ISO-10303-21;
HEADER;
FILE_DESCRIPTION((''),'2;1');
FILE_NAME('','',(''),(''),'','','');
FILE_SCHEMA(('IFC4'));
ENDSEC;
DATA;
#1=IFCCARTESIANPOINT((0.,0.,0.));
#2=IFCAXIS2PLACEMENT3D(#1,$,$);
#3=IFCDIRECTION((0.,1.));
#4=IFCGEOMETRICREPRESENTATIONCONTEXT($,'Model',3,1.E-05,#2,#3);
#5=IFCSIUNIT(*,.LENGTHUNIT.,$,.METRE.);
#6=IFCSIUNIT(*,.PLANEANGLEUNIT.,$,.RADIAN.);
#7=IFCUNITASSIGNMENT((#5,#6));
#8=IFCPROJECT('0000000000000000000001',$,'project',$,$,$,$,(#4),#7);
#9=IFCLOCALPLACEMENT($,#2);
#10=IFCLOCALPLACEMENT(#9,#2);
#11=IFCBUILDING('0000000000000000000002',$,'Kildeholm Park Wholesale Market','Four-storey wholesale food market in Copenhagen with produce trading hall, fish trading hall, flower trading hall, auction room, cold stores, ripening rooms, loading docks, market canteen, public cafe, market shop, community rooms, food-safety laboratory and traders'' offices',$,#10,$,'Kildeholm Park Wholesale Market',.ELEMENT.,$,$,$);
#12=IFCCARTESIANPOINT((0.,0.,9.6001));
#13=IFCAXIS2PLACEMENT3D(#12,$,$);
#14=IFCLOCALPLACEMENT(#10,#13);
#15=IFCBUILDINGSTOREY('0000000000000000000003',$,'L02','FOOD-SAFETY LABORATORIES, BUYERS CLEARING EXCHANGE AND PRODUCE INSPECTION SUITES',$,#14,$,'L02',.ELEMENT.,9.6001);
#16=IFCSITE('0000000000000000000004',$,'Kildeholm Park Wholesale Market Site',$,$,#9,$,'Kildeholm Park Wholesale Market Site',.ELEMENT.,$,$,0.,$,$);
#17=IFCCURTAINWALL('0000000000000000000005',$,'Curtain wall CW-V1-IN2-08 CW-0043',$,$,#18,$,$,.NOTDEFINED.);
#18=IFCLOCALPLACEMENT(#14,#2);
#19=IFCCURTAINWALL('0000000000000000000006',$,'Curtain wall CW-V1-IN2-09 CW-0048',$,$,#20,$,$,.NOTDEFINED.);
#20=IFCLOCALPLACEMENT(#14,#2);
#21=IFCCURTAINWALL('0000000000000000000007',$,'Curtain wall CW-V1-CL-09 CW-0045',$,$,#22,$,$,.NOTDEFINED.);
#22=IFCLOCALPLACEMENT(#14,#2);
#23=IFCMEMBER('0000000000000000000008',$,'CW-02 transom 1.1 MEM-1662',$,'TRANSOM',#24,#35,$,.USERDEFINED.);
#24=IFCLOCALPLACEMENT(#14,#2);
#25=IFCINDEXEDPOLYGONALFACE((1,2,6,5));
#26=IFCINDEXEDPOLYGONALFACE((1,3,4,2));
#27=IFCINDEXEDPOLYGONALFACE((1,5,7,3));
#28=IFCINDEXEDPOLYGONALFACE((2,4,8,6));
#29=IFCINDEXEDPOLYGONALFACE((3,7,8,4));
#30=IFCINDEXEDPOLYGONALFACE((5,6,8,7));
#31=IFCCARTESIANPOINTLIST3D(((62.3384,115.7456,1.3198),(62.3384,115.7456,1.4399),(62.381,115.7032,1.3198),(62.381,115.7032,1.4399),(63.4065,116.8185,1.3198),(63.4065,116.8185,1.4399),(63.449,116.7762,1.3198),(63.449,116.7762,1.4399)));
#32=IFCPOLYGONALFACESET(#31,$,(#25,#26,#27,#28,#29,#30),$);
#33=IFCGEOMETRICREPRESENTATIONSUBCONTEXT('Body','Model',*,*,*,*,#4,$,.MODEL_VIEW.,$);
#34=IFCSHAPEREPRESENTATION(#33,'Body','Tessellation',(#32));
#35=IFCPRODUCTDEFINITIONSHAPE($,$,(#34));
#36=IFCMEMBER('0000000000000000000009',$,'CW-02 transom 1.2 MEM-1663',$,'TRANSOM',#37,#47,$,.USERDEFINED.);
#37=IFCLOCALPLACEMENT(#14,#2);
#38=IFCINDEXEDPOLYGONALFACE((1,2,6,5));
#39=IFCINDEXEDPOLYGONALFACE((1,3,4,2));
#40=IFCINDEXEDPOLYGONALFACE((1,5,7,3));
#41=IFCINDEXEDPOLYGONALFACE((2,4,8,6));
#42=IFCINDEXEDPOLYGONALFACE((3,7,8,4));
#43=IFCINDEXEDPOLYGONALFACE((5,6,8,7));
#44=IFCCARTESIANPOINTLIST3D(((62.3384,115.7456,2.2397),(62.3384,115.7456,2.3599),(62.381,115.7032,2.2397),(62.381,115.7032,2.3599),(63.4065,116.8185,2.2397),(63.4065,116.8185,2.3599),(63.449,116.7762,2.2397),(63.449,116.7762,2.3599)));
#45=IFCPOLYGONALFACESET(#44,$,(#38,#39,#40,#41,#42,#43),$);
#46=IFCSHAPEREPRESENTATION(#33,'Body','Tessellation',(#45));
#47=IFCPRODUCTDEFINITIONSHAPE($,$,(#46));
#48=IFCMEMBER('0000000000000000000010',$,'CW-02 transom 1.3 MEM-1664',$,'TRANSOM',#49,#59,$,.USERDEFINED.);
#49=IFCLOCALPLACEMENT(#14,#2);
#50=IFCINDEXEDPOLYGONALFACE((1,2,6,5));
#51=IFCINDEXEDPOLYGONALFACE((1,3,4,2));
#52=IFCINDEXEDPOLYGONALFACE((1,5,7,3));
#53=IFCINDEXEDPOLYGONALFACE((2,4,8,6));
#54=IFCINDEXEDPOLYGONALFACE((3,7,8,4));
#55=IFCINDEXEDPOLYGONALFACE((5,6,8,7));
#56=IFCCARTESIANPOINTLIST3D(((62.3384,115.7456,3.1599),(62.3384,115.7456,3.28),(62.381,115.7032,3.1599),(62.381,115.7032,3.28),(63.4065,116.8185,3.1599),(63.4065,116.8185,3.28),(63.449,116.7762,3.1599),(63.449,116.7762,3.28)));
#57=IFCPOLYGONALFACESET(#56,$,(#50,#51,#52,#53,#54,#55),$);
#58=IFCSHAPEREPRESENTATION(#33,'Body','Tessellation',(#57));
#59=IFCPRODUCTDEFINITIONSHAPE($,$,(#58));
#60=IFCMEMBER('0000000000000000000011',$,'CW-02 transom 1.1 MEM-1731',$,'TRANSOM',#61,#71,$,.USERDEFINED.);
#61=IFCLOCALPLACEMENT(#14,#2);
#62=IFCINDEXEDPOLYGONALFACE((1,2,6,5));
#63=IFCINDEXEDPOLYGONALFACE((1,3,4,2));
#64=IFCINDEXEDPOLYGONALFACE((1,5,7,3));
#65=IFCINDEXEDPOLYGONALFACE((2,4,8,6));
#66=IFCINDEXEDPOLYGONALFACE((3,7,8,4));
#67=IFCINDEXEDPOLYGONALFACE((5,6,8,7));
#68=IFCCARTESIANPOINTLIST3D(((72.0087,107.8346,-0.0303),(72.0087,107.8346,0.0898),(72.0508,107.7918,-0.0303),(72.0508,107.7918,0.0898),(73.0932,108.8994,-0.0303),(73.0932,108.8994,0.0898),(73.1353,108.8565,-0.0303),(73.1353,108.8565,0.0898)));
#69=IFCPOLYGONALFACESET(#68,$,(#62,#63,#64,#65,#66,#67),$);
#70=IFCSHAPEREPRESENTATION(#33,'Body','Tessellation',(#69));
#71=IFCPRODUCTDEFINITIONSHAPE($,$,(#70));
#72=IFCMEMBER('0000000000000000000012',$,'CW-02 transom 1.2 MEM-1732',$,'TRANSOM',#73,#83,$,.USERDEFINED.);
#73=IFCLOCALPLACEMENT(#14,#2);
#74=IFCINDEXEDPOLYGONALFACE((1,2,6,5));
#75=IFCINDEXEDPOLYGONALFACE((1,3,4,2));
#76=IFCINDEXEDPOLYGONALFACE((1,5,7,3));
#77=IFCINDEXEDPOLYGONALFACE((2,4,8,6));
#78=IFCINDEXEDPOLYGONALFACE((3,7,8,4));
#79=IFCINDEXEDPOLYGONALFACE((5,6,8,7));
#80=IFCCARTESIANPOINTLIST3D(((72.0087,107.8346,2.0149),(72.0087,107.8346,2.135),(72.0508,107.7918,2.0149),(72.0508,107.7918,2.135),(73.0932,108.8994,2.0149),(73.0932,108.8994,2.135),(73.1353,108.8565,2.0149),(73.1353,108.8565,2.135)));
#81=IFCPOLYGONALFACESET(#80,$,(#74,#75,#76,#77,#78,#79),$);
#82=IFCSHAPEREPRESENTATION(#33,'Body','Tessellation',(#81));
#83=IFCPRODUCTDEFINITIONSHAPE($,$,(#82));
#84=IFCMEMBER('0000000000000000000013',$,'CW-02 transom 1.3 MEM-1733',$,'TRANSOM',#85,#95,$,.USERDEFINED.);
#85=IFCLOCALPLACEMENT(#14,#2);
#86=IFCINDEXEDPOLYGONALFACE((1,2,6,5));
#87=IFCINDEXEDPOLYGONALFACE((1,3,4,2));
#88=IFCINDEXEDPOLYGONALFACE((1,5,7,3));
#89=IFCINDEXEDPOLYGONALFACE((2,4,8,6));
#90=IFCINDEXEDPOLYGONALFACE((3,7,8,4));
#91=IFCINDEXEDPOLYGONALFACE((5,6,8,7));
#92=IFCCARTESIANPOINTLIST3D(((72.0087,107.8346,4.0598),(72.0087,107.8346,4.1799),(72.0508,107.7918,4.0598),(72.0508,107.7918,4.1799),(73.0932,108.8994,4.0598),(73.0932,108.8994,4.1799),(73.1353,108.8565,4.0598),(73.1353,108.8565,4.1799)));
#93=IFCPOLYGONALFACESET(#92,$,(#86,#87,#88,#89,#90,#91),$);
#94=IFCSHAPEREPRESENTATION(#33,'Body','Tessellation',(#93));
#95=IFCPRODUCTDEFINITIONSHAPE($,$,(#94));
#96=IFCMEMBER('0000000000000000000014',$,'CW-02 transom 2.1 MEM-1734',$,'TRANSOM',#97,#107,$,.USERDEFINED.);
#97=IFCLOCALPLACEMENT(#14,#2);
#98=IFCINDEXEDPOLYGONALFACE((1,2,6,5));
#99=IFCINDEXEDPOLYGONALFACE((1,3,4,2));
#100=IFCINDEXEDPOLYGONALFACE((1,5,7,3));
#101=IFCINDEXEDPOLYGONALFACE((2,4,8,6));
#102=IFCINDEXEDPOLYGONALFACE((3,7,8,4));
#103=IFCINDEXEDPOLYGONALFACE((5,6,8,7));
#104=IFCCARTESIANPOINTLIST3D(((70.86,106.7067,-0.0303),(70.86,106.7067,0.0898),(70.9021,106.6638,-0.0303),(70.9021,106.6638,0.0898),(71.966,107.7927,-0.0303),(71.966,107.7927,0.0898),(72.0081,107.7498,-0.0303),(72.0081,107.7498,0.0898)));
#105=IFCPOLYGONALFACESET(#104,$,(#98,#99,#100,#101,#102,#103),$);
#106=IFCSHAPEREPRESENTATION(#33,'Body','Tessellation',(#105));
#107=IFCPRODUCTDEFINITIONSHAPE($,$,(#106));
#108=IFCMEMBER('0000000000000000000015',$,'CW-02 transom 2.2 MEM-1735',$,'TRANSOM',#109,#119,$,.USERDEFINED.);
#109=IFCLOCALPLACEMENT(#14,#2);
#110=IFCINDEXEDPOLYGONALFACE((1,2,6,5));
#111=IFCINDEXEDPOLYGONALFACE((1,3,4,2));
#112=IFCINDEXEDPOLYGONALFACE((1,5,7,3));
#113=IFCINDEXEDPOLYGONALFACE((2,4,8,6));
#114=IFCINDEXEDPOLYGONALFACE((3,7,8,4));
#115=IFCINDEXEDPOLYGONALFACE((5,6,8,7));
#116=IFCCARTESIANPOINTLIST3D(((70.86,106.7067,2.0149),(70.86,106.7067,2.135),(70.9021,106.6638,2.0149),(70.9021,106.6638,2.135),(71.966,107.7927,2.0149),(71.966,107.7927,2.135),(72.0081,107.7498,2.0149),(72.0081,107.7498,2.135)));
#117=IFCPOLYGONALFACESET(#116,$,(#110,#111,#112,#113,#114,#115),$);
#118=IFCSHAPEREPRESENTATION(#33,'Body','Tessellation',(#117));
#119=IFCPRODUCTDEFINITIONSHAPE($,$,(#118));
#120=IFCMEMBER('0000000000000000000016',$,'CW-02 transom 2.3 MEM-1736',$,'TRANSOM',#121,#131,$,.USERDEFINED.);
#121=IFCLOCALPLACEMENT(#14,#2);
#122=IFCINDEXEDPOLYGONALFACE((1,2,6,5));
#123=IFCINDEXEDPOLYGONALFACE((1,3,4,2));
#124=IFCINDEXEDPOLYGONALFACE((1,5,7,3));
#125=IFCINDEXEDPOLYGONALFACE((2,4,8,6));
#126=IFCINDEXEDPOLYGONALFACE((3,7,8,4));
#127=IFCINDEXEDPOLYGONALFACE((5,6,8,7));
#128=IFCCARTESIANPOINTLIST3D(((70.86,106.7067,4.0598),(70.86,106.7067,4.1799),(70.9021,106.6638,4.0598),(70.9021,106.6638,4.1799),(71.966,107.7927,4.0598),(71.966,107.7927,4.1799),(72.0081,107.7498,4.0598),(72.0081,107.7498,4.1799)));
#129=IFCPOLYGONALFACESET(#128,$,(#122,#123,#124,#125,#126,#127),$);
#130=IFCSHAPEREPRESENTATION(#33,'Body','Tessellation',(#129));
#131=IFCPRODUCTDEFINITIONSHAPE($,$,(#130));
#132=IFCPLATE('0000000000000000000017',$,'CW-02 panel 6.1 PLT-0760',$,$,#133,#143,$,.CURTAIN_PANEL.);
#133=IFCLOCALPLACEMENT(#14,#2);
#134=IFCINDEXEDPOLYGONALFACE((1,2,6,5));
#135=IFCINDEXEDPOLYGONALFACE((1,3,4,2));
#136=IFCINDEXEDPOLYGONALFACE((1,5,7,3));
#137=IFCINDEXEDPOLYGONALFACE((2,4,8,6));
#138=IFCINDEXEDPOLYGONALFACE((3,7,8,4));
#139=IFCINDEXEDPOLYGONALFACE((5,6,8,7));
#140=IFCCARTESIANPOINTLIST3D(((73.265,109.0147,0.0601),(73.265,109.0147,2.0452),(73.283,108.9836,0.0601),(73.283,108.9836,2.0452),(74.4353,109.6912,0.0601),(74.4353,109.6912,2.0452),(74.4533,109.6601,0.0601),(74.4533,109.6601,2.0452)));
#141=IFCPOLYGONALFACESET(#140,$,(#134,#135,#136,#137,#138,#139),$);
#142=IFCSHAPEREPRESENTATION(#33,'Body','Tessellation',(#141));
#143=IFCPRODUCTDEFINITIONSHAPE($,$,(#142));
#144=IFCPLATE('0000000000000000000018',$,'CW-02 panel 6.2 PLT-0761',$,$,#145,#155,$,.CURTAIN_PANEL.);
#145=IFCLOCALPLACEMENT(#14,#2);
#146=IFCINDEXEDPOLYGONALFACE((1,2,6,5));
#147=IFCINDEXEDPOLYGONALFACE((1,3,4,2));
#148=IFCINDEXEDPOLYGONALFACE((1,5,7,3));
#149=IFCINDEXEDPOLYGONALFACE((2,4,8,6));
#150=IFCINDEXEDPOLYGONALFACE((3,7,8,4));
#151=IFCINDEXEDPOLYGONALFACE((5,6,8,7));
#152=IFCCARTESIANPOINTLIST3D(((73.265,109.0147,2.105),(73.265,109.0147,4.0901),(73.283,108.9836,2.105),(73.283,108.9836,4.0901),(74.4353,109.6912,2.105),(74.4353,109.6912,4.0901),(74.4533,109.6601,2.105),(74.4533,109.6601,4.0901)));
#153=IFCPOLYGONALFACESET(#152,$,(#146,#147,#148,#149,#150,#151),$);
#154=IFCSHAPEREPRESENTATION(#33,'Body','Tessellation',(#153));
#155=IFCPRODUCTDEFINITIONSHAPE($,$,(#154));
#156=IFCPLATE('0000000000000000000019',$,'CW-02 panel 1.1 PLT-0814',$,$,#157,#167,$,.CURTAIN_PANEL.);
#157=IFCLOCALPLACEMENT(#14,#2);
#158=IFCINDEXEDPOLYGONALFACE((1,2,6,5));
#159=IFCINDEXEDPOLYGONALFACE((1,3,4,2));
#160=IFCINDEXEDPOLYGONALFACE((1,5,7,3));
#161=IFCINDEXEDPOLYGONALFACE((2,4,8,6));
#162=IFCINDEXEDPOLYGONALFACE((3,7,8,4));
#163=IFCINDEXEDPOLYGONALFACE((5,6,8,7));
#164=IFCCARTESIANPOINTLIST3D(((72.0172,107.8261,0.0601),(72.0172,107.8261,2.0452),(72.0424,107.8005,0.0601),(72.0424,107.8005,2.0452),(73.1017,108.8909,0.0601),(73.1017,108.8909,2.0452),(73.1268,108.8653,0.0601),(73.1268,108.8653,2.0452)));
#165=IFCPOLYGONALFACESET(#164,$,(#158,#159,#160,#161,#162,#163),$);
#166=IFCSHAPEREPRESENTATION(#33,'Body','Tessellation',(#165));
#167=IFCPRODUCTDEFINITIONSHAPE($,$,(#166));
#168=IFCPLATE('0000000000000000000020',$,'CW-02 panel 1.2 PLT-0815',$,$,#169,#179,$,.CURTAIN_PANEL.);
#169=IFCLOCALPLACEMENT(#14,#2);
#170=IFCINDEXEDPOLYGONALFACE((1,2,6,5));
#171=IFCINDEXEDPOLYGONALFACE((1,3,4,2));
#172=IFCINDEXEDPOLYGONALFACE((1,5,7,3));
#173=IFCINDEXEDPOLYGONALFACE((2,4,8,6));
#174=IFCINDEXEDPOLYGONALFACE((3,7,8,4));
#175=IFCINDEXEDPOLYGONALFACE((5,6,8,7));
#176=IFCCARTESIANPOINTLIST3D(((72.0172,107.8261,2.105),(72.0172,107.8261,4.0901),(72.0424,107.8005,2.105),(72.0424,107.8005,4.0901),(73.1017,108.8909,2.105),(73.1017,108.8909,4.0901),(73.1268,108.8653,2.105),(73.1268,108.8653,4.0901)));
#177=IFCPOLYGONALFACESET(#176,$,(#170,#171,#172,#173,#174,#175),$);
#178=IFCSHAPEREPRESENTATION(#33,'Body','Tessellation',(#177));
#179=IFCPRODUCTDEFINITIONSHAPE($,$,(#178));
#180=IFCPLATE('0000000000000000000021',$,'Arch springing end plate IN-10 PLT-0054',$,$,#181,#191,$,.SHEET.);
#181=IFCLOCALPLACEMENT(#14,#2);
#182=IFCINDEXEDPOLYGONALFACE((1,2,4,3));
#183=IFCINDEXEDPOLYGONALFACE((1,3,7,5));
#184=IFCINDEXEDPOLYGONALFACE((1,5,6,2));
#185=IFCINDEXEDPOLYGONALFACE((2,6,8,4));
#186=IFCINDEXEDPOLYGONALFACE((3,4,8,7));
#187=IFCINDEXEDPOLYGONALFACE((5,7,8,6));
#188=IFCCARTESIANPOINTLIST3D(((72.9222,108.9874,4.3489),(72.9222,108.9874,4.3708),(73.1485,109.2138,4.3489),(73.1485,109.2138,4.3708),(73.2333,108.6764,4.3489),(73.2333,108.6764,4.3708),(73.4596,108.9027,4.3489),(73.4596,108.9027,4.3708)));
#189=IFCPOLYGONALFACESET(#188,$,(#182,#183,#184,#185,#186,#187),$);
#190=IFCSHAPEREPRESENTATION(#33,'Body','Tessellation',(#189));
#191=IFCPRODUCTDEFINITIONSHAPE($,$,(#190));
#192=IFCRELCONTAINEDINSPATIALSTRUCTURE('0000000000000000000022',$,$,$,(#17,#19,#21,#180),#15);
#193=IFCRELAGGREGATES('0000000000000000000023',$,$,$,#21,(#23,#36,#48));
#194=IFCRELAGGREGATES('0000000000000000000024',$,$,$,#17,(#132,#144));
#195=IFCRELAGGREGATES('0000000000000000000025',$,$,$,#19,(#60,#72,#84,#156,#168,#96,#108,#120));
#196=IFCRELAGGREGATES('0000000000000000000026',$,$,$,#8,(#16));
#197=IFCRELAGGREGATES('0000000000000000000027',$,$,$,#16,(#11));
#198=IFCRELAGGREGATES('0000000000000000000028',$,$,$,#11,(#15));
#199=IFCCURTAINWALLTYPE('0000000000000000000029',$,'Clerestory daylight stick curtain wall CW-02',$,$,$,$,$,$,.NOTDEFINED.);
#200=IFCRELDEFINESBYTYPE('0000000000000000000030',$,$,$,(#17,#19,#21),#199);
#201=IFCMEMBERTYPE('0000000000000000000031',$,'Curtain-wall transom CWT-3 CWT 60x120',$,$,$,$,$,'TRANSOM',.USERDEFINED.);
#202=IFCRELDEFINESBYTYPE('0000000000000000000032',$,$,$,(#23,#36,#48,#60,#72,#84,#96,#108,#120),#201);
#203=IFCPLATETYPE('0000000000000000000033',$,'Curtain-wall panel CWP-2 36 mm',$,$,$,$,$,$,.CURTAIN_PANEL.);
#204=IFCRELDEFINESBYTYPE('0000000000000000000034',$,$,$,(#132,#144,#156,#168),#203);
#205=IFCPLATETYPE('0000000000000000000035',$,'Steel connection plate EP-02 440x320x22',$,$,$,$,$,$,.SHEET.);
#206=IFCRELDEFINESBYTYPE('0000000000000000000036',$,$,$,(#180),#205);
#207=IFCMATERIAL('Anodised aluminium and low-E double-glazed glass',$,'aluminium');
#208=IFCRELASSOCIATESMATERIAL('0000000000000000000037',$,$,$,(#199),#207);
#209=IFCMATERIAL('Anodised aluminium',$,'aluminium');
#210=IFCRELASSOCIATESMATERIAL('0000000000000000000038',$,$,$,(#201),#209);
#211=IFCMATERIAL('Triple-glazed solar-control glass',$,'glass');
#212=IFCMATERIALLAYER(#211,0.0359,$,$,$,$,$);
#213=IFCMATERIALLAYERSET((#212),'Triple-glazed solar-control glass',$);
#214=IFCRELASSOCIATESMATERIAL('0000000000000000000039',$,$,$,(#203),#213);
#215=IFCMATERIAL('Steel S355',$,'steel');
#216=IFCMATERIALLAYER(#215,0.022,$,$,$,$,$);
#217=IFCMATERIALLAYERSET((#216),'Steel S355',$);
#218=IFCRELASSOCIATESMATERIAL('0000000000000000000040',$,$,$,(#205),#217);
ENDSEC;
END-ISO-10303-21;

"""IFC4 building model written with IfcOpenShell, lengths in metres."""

from ifc_helpers import new_model, si_unit, direction, frame, origin, origin_2d, place, context, subcontext, project, spatial, rectangle, extrude, material, layer, layer_set, material_profile, profile_set, type_object, element, aggregate, save


model = new_model("IFC4")

# Units and contexts
model_context = context("Model", 3, precision=1e-05, world=origin(), true_north=direction((0.0, 1.0)))
body_context = subcontext(model_context, "Body", "Model", "MODEL_VIEW")
ifc_project = project(units=[si_unit("LENGTHUNIT", "METRE"), si_unit("PLANEANGLEUNIT", "RADIAN")], contexts=[model_context])

# Site, building, storey
site_placement = place(None, origin())
site = spatial("IfcSite", under=ifc_project, at=site_placement, Name="Kildeholm Park Wholesale Market Site", LongName="Kildeholm Park Wholesale Market Site", CompositionType="ELEMENT", RefElevation=0.0)
building_placement = place(site_placement, origin())
building = spatial("IfcBuilding", under=site, at=building_placement, Name="Kildeholm Park Wholesale Market", Description="Four-storey wholesale food market in Copenhagen with produce trading hall, fish trading hall, flower trading hall, auction room, cold stores, ripening rooms, loading docks, market canteen, public cafe, market shop, community rooms, food-safety laboratory and traders' offices", LongName="Kildeholm Park Wholesale Market", CompositionType="ELEMENT")
storey_placement = place(building_placement, frame((0.0, 0.0, 9.6001)))
storey = spatial("IfcBuildingStorey", under=building, at=storey_placement, Name="L02", Description="FOOD-SAFETY LABORATORIES, BUYERS CLEARING EXCHANGE AND PRODUCE INSPECTION SUITES", LongName="L02", CompositionType="ELEMENT", Elevation=9.6001)

# Shared definitions
ifc_material_1 = material(Name="Steel S355", Category="steel")

# Curtain wall
ifc_material_2 = material(Name="Anodised aluminium and low-E double-glazed glass", Category="aluminium")
curtain_wall_type = type_object("IfcCurtainWallType", Name="Clerestory daylight stick curtain wall CW-02", PredefinedType="NOTDEFINED", material=ifc_material_2)
curtain_wall_1_placement = place(storey_placement, origin())
curtain_wall_1 = element("IfcCurtainWall", 1, at=curtain_wall_1_placement, inside=storey, type_object=curtain_wall_type, Name="Curtain wall CW-V1-IN2-08 CW-0043", PredefinedType="NOTDEFINED")
ifc_material_3 = material(Name="Anodised aluminium", Category="aluminium")

# Curtain walls, members
curtain_wall_2_placement = place(storey_placement, origin())
curtain_wall_2 = element("IfcCurtainWall", 2, at=curtain_wall_2_placement, inside=storey, type_object=curtain_wall_type, Name="Curtain wall CW-V1-IN2-09 CW-0048", PredefinedType="NOTDEFINED")
curtain_wall_3_placement = place(storey_placement, origin())
curtain_wall_3 = element("IfcCurtainWall", 3, at=curtain_wall_3_placement, inside=storey, type_object=curtain_wall_type, Name="Curtain wall CW-V1-CL-09 CW-0045", PredefinedType="NOTDEFINED")
ifc_material_profile_1 = material_profile(ifc_material_3, rectangle(XDim=0.0601, YDim=0.1201, at=origin_2d()), Name="CWT 60x120")
ifc_profile_set_1 = profile_set([ifc_material_profile_1], Name="Anodised aluminium")
member_type_1 = type_object("IfcMemberType", Name="Curtain-wall transom CWT-3 CWT 60x120", ElementType="TRANSOM", PredefinedType="USERDEFINED", material=ifc_profile_set_1)
member_1_placement = place(storey_placement, frame((63.4277, 116.7974, 1.3799), z_axis=(-0.705492, -0.708717, 0.0), x_axis=(0.708717, -0.705492, 0.0)))
member_1 = element("IfcMember", 4, at=member_1_placement, type_object=member_type_1, Name="CW-02 transom 1.1 MEM-1662", ObjectType="TRANSOM", PredefinedType="USERDEFINED", context=body_context, shape_type="SweptSolid", body=[
    extrude(rectangle(XDim=0.0601, YDim=0.1201, at=origin_2d()), origin(), (0.0, 0.0, 1.0), 1.5139),
])
member_2_placement = place(storey_placement, frame((63.4277, 116.7974, 2.2998), z_axis=(-0.705492, -0.708717, 0.0), x_axis=(0.708717, -0.705492, 0.0)))
member_2 = element("IfcMember", 5, at=member_2_placement, type_object=member_type_1, Name="CW-02 transom 1.2 MEM-1663", ObjectType="TRANSOM", PredefinedType="USERDEFINED", context=body_context, shape_type="SweptSolid", body=[
    extrude(rectangle(XDim=0.0601, YDim=0.1201, at=origin_2d()), origin(), (0.0, 0.0, 1.0), 1.5139),
])
member_3_placement = place(storey_placement, frame((63.4277, 116.7974, 3.22), z_axis=(-0.705492, -0.708717, 0.0), x_axis=(0.708717, -0.705492, 0.0)))
member_3 = element("IfcMember", 6, at=member_3_placement, type_object=member_type_1, Name="CW-02 transom 1.3 MEM-1664", ObjectType="TRANSOM", PredefinedType="USERDEFINED", context=body_context, shape_type="SweptSolid", body=[
    extrude(rectangle(XDim=0.0601, YDim=0.1201, at=origin_2d()), origin(), (0.0, 0.0, 1.0), 1.5139),
])
aggregate(curtain_wall_3, [member_1, member_2, member_3])

# Members
member_4_placement = place(storey_placement, frame((73.1143, 108.8779, 0.0298), z_axis=(-0.713583, -0.700571, 0.0), x_axis=(0.700571, -0.713583, 0.0)))
member_4 = element("IfcMember", 7, at=member_4_placement, type_object=member_type_1, Name="CW-02 transom 1.1 MEM-1731", ObjectType="TRANSOM", PredefinedType="USERDEFINED", context=body_context, shape_type="SweptSolid", body=[
    extrude(rectangle(XDim=0.0601, YDim=0.1201, at=origin_2d()), origin(), (0.0, 0.0, 1.0), 1.5198),
])
member_5_placement = place(storey_placement, frame((73.1143, 108.8779, 2.075), z_axis=(-0.713583, -0.700571, 0.0), x_axis=(0.700571, -0.713583, 0.0)))
member_5 = element("IfcMember", 8, at=member_5_placement, type_object=member_type_1, Name="CW-02 transom 1.2 MEM-1732", ObjectType="TRANSOM", PredefinedType="USERDEFINED", context=body_context, shape_type="SweptSolid", body=[
    extrude(rectangle(XDim=0.0601, YDim=0.1201, at=origin_2d()), origin(), (0.0, 0.0, 1.0), 1.5198),
])
member_6_placement = place(storey_placement, frame((73.1143, 108.8779, 4.1199), z_axis=(-0.713583, -0.700571, 0.0), x_axis=(0.700571, -0.713583, 0.0)))
member_6 = element("IfcMember", 9, at=member_6_placement, type_object=member_type_1, Name="CW-02 transom 1.3 MEM-1733", ObjectType="TRANSOM", PredefinedType="USERDEFINED", context=body_context, shape_type="SweptSolid", body=[
    extrude(rectangle(XDim=0.0601, YDim=0.1201, at=origin_2d()), origin(), (0.0, 0.0, 1.0), 1.5198),
])
member_7_placement = place(storey_placement, frame((71.9871, 107.7712, 0.0298), z_axis=(-0.713535, -0.700619, 0.0), x_axis=(0.700619, -0.713535, 0.0)))
member_7 = element("IfcMember", 10, at=member_7_placement, type_object=member_type_1, Name="CW-02 transom 2.1 MEM-1734", ObjectType="TRANSOM", PredefinedType="USERDEFINED", context=body_context, shape_type="SweptSolid", body=[
    extrude(rectangle(XDim=0.0601, YDim=0.1201, at=origin_2d()), origin(), (0.0, 0.0, 1.0), 1.55),
])
member_8_placement = place(storey_placement, frame((71.9871, 107.7712, 2.075), z_axis=(-0.713535, -0.700619, 0.0), x_axis=(0.700619, -0.713535, 0.0)))
member_8 = element("IfcMember", 11, at=member_8_placement, type_object=member_type_1, Name="CW-02 transom 2.2 MEM-1735", ObjectType="TRANSOM", PredefinedType="USERDEFINED", context=body_context, shape_type="SweptSolid", body=[
    extrude(rectangle(XDim=0.0601, YDim=0.1201, at=origin_2d()), origin(), (0.0, 0.0, 1.0), 1.55),
])
member_9_placement = place(storey_placement, frame((71.9871, 107.7712, 4.1199), z_axis=(-0.713535, -0.700619, 0.0), x_axis=(0.700619, -0.713535, 0.0)))
member_9 = element("IfcMember", 12, at=member_9_placement, type_object=member_type_1, Name="CW-02 transom 2.3 MEM-1736", ObjectType="TRANSOM", PredefinedType="USERDEFINED", context=body_context, shape_type="SweptSolid", body=[
    extrude(rectangle(XDim=0.0601, YDim=0.1201, at=origin_2d()), origin(), (0.0, 0.0, 1.0), 1.55),
])

# Plates
ifc_material_4 = material(Name="Triple-glazed solar-control glass", Category="glass")
ifc_layer_1 = layer(ifc_material_4, 0.0359)
ifc_layer_set_1 = layer_set([ifc_layer_1], Name="Triple-glazed solar-control glass")
plate_type_1 = type_object("IfcPlateType", Name="Curtain-wall panel CWP-2 36 mm", PredefinedType="CURTAIN_PANEL", material=ifc_layer_set_1)
plate_1_placement = place(storey_placement, frame((73.8591, 109.3374, 0.0601), z_axis=(0.0, 0.0, 1.0), x_axis=(-0.865743, -0.500489, 0.0)))
plate_1 = element("IfcPlate", 13, at=plate_1_placement, type_object=plate_type_1, Name="CW-02 panel 6.1 PLT-0760", PredefinedType="CURTAIN_PANEL", context=body_context, shape_type="SweptSolid", body=[
    extrude(rectangle(XDim=1.3518, YDim=0.0359, at=origin_2d()), origin(), (0.0, 0.0, 1.0), 1.9851),
])
plate_2_placement = place(storey_placement, frame((73.8591, 109.3374, 2.105), z_axis=(0.0, 0.0, 1.0), x_axis=(-0.865743, -0.500489, 0.0)))
plate_2 = element("IfcPlate", 14, at=plate_2_placement, type_object=plate_type_1, Name="CW-02 panel 6.2 PLT-0761", PredefinedType="CURTAIN_PANEL", context=body_context, shape_type="SweptSolid", body=[
    extrude(rectangle(XDim=1.3518, YDim=0.0359, at=origin_2d()), origin(), (0.0, 0.0, 1.0), 1.9851),
])
aggregate(curtain_wall_1, [plate_1, plate_2])
plate_3_placement = place(storey_placement, frame((72.572, 108.3457, 0.0601), z_axis=(0.0, 0.0, 1.0), x_axis=(-0.713538, -0.700617, 0.0)))
plate_3 = element("IfcPlate", 15, at=plate_3_placement, type_object=plate_type_1, Name="CW-02 panel 1.1 PLT-0814", PredefinedType="CURTAIN_PANEL", context=body_context, shape_type="SweptSolid", body=[
    extrude(rectangle(XDim=1.5198, YDim=0.0359, at=origin_2d()), origin(), (0.0, 0.0, 1.0), 1.9851),
])
plate_4_placement = place(storey_placement, frame((72.572, 108.3457, 2.105), z_axis=(0.0, 0.0, 1.0), x_axis=(-0.713538, -0.700617, 0.0)))
plate_4 = element("IfcPlate", 16, at=plate_4_placement, type_object=plate_type_1, Name="CW-02 panel 1.2 PLT-0815", PredefinedType="CURTAIN_PANEL", context=body_context, shape_type="SweptSolid", body=[
    extrude(rectangle(XDim=1.5198, YDim=0.0359, at=origin_2d()), origin(), (0.0, 0.0, 1.0), 1.9851),
])
aggregate(curtain_wall_2, [member_4, member_5, member_6, plate_3, plate_4, member_7, member_8, member_9])
ifc_layer_2 = layer(ifc_material_1, 0.022)
ifc_layer_set_2 = layer_set([ifc_layer_2], Name="Steel S355")
plate_type_2 = type_object("IfcPlateType", Name="Steel connection plate EP-02 440x320x22", PredefinedType="SHEET", material=ifc_layer_set_2)
plate_5_placement = place(storey_placement, frame((73.1909, 108.9451, 4.3489), z_axis=(0.0, 0.0, 1.0), x_axis=(-0.707107, 0.707107, 0.0)))
element("IfcPlate", 17, at=plate_5_placement, inside=storey, type_object=plate_type_2, Name="Arch springing end plate IN-10 PLT-0054", PredefinedType="SHEET", context=body_context, shape_type="SweptSolid", body=[
    extrude(rectangle(XDim=0.4399, YDim=0.3201, at=origin_2d()), origin(), (0.0, 0.0, 1.0), 0.022),
])

save(model, "model.ifc")
